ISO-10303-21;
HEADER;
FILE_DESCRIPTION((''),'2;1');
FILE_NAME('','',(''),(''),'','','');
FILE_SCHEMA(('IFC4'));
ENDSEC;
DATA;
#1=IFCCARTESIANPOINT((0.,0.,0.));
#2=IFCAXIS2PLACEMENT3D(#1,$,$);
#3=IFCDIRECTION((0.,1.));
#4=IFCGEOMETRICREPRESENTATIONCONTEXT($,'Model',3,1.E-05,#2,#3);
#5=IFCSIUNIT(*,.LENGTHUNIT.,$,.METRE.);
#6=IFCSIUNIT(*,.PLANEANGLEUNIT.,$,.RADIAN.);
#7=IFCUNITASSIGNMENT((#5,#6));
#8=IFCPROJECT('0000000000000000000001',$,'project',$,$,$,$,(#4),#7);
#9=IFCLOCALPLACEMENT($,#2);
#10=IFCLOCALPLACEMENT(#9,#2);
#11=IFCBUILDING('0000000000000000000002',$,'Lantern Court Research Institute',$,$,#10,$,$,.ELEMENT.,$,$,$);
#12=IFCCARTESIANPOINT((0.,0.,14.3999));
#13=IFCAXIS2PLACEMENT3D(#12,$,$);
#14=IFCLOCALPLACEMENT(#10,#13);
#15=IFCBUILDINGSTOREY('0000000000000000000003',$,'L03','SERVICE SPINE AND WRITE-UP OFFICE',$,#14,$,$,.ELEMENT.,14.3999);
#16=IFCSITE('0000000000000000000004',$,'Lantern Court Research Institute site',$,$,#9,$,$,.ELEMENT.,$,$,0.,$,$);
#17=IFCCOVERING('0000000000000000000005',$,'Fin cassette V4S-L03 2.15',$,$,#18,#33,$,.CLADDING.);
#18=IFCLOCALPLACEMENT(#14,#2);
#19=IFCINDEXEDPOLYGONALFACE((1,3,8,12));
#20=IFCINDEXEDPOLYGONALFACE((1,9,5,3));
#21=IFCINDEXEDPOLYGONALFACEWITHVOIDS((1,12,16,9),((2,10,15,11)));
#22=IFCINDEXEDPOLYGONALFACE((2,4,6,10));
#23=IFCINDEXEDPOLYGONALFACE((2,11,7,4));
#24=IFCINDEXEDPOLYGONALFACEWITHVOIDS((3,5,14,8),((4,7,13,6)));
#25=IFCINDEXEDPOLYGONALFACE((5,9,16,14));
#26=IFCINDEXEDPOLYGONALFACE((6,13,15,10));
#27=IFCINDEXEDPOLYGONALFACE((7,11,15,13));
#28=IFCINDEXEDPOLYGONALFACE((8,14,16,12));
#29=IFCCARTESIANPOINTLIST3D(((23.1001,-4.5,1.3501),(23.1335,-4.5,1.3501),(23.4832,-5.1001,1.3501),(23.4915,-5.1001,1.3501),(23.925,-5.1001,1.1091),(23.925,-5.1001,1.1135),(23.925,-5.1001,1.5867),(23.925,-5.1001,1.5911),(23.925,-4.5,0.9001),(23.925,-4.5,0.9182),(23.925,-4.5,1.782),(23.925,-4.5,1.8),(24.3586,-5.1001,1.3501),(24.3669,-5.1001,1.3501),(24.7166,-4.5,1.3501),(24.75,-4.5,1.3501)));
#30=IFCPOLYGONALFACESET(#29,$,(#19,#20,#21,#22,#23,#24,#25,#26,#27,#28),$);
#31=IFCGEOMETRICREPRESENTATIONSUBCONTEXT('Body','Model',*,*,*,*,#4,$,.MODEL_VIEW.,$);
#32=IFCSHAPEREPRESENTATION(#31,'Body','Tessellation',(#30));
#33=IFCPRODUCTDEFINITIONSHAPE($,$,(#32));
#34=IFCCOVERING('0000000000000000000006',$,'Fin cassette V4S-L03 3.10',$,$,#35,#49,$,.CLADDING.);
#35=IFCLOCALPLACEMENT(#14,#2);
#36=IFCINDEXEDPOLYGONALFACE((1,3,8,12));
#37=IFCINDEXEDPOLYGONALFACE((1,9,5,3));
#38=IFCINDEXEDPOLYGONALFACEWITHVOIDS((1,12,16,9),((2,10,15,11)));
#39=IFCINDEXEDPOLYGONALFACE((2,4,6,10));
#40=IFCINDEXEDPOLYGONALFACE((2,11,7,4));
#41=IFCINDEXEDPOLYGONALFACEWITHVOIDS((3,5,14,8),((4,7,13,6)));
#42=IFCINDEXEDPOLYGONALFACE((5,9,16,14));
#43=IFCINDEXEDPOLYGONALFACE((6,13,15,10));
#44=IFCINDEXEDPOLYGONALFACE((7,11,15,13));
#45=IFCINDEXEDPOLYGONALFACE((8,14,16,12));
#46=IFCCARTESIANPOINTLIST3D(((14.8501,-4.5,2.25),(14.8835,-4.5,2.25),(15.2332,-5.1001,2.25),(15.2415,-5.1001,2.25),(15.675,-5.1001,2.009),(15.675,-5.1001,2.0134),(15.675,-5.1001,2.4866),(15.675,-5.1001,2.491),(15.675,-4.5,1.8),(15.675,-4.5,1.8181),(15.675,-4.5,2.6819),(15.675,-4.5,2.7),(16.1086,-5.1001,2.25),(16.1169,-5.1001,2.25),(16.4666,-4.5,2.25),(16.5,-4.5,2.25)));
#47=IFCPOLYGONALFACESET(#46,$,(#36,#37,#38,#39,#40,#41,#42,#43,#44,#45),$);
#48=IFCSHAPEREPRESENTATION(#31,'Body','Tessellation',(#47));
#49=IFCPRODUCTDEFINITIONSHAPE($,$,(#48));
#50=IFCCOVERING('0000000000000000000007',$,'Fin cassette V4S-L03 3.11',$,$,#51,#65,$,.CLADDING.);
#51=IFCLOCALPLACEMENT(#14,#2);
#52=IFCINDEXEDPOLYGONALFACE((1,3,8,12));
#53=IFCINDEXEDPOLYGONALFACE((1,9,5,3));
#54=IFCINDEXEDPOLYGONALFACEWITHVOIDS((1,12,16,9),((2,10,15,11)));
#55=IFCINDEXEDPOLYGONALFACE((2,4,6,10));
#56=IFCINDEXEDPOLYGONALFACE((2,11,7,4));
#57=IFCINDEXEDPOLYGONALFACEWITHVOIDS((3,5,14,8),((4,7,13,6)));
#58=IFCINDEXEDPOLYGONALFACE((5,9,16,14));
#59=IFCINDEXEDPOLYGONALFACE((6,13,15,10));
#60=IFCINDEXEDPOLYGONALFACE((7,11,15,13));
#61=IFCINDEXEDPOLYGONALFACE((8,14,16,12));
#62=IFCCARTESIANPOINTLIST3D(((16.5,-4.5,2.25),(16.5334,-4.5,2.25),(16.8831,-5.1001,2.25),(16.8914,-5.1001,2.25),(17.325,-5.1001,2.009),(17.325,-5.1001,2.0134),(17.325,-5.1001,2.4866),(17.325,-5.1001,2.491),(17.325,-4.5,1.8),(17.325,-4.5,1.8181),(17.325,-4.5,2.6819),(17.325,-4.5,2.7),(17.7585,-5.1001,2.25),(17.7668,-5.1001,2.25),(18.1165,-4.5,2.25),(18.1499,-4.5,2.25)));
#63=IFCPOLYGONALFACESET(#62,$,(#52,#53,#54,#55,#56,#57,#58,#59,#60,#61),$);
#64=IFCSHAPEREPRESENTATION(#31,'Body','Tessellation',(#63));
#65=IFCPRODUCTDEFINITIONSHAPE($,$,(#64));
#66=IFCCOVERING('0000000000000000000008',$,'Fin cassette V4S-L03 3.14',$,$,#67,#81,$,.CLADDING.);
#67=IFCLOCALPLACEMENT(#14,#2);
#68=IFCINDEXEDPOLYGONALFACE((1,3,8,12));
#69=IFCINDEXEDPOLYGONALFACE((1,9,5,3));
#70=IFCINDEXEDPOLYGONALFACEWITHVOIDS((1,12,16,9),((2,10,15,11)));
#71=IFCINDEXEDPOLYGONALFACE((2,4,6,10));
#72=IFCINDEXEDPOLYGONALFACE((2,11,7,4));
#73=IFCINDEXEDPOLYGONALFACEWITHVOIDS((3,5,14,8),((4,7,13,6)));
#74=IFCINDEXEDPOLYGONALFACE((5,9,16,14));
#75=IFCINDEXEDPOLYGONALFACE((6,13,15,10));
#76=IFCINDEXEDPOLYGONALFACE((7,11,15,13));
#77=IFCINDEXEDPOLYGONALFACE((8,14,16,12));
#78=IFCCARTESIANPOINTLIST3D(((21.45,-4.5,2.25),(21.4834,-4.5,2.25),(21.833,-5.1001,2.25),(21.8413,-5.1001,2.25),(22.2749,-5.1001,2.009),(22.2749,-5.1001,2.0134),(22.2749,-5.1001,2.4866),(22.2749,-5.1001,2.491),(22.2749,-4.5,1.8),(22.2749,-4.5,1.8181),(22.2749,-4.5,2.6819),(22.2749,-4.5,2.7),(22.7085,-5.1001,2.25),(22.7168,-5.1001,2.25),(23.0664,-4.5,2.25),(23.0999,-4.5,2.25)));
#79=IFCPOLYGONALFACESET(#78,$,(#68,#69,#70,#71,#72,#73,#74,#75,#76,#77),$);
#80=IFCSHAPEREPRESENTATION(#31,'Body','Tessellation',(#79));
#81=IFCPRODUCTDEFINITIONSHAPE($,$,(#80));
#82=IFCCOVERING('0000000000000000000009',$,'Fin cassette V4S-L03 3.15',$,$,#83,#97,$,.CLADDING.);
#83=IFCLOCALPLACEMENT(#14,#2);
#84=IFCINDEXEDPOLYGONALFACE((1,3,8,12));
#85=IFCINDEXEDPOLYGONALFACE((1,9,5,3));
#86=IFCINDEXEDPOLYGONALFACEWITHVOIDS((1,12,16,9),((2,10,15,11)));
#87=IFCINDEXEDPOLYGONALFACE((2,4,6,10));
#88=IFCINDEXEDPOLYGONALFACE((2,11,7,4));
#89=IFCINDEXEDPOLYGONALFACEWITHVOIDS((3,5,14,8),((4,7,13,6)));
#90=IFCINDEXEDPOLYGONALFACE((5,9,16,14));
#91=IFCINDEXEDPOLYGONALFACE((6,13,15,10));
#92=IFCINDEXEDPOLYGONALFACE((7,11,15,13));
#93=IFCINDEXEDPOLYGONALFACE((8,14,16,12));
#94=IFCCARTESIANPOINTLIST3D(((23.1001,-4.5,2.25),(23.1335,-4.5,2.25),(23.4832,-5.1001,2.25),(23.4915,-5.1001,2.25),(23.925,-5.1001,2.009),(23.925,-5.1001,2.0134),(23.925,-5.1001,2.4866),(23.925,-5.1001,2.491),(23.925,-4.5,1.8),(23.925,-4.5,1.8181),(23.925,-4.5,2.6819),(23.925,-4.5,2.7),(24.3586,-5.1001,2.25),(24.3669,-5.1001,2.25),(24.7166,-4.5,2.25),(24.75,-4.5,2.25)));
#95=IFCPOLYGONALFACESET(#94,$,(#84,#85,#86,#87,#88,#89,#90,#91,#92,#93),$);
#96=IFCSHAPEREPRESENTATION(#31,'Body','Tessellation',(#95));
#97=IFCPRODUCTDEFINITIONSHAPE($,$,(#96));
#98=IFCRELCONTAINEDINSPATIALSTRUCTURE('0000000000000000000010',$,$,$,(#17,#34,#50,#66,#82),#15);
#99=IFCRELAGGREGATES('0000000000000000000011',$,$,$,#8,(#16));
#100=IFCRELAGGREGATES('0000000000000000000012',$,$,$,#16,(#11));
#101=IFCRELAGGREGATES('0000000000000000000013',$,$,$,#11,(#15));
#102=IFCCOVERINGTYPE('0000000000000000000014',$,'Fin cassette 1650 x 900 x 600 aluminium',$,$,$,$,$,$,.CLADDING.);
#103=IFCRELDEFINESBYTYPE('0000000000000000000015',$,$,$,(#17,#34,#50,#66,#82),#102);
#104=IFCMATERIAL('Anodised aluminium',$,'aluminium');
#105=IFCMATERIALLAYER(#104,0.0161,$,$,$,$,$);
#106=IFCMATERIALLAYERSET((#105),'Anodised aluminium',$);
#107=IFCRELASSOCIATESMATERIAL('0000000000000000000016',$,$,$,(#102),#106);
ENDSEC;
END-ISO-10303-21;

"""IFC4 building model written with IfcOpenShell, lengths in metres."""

from ifc_helpers import new_model, entity, si_unit, direction, frame, origin, place, context, subcontext, project, spatial, material, layer, layer_set, type_object, element, save


model = new_model("IFC4")

# Units and contexts
model_context = context("Model", 3, precision=1e-05, world=origin(), true_north=direction((0.0, 1.0)))
body_context = subcontext(model_context, "Body", "Model", "MODEL_VIEW")
ifc_project = project(units=[si_unit("LENGTHUNIT", "METRE"), si_unit("PLANEANGLEUNIT", "RADIAN")], contexts=[model_context])

# Site, building, storey
site_placement = place(None, origin())
site = spatial("IfcSite", under=ifc_project, at=site_placement, Name="Lantern Court Research Institute site", CompositionType="ELEMENT", RefElevation=0.0)
building_placement = place(site_placement, origin())
building = spatial("IfcBuilding", under=site, at=building_placement, Name="Lantern Court Research Institute", CompositionType="ELEMENT")
storey_placement = place(building_placement, frame((0.0, 0.0, 14.3999)))
storey = spatial("IfcBuildingStorey", under=building, at=storey_placement, Name="L03", Description="SERVICE SPINE AND WRITE-UP OFFICE", CompositionType="ELEMENT", Elevation=14.3999)

# Coverings
ifc_material_1 = material(Name="Anodised aluminium", Category="aluminium")
ifc_layer_1 = layer(ifc_material_1, 0.0161)
ifc_layer_set_1 = layer_set([ifc_layer_1], Name="Anodised aluminium")
covering_type = type_object("IfcCoveringType", Name="Fin cassette 1650 x 900 x 600 aluminium", PredefinedType="CLADDING", material=ifc_layer_set_1)
covering_1_placement = place(storey_placement, frame((23.925, -4.5, 1.3501), z_axis=(0.0, -1.0, 0.0), x_axis=(1.0, 0.0, 0.0)))
cartesian_point_1 = entity("IfcCartesianPoint", [0.825, 0.0])
cartesian_point_2 = entity("IfcCartesianPoint", [0.7915, 0.0])
cartesian_point_3 = entity("IfcCartesianPoint", [0.4419, 0.0])
cartesian_point_4 = entity("IfcCartesianPoint", [0.4336, 0.0])
element("IfcCovering", 1, at=covering_1_placement, inside=storey, type_object=covering_type, Name="Fin cassette V4S-L03 2.15", PredefinedType="CLADDING", context=body_context, shape_type="SweptSolid", body=[
    entity("IfcExtrudedAreaSolidTapered", entity("IfcArbitraryProfileDefWithVoids", "AREA", None, entity("IfcPolyline", [cartesian_point_1, entity("IfcCartesianPoint", [0.0, 0.45]), entity("IfcCartesianPoint", [-0.825, 0.0]), entity("IfcCartesianPoint", [0.0, -0.45]), cartesian_point_1]), [entity("IfcPolyline", [cartesian_point_2, entity("IfcCartesianPoint", [0.0, 0.4319]), entity("IfcCartesianPoint", [-0.7915, 0.0]), entity("IfcCartesianPoint", [0.0, -0.4319]), cartesian_point_2])]), entity("IfcAxis2Placement3D", entity("IfcCartesianPoint", [0.0, 0.0, 0.0])), entity("IfcDirection", [0.0, 0.0, 1.0]), 0.6001, entity("IfcArbitraryProfileDefWithVoids", "AREA", None, entity("IfcPolyline", [cartesian_point_3, entity("IfcCartesianPoint", [0.0, 0.241]), entity("IfcCartesianPoint", [-0.4419, 0.0]), entity("IfcCartesianPoint", [0.0, -0.241]), cartesian_point_3]), [entity("IfcPolyline", [cartesian_point_4, entity("IfcCartesianPoint", [0.0, 0.2366]), entity("IfcCartesianPoint", [-0.4336, 0.0]), entity("IfcCartesianPoint", [0.0, -0.2366]), cartesian_point_4])])),
])
covering_2_placement = place(storey_placement, frame((15.675, -4.5, 2.25), z_axis=(0.0, -1.0, 0.0), x_axis=(1.0, 0.0, 0.0)))
cartesian_point_5 = entity("IfcCartesianPoint", [0.825, 0.0])
cartesian_point_6 = entity("IfcCartesianPoint", [0.7915, 0.0])
cartesian_point_7 = entity("IfcCartesianPoint", [0.4419, 0.0])
cartesian_point_8 = entity("IfcCartesianPoint", [0.4336, 0.0])
element("IfcCovering", 2, at=covering_2_placement, inside=storey, type_object=covering_type, Name="Fin cassette V4S-L03 3.10", PredefinedType="CLADDING", context=body_context, shape_type="SweptSolid", body=[
    entity("IfcExtrudedAreaSolidTapered", entity("IfcArbitraryProfileDefWithVoids", "AREA", None, entity("IfcPolyline", [cartesian_point_5, entity("IfcCartesianPoint", [0.0, 0.45]), entity("IfcCartesianPoint", [-0.825, 0.0]), entity("IfcCartesianPoint", [0.0, -0.45]), cartesian_point_5]), [entity("IfcPolyline", [cartesian_point_6, entity("IfcCartesianPoint", [0.0, 0.4319]), entity("IfcCartesianPoint", [-0.7915, 0.0]), entity("IfcCartesianPoint", [0.0, -0.4319]), cartesian_point_6])]), entity("IfcAxis2Placement3D", entity("IfcCartesianPoint", [0.0, 0.0, 0.0])), entity("IfcDirection", [0.0, 0.0, 1.0]), 0.6001, entity("IfcArbitraryProfileDefWithVoids", "AREA", None, entity("IfcPolyline", [cartesian_point_7, entity("IfcCartesianPoint", [0.0, 0.241]), entity("IfcCartesianPoint", [-0.4419, 0.0]), entity("IfcCartesianPoint", [0.0, -0.241]), cartesian_point_7]), [entity("IfcPolyline", [cartesian_point_8, entity("IfcCartesianPoint", [0.0, 0.2366]), entity("IfcCartesianPoint", [-0.4336, 0.0]), entity("IfcCartesianPoint", [0.0, -0.2366]), cartesian_point_8])])),
])
covering_3_placement = place(storey_placement, frame((17.325, -4.5, 2.25), z_axis=(0.0, -1.0, 0.0), x_axis=(1.0, 0.0, 0.0)))
cartesian_point_9 = entity("IfcCartesianPoint", [0.825, 0.0])
cartesian_point_10 = entity("IfcCartesianPoint", [0.7915, 0.0])
cartesian_point_11 = entity("IfcCartesianPoint", [0.4419, 0.0])
cartesian_point_12 = entity("IfcCartesianPoint", [0.4336, 0.0])
element("IfcCovering", 3, at=covering_3_placement, inside=storey, type_object=covering_type, Name="Fin cassette V4S-L03 3.11", PredefinedType="CLADDING", context=body_context, shape_type="SweptSolid", body=[
    entity("IfcExtrudedAreaSolidTapered", entity("IfcArbitraryProfileDefWithVoids", "AREA", None, entity("IfcPolyline", [cartesian_point_9, entity("IfcCartesianPoint", [0.0, 0.45]), entity("IfcCartesianPoint", [-0.825, 0.0]), entity("IfcCartesianPoint", [0.0, -0.45]), cartesian_point_9]), [entity("IfcPolyline", [cartesian_point_10, entity("IfcCartesianPoint", [0.0, 0.4319]), entity("IfcCartesianPoint", [-0.7915, 0.0]), entity("IfcCartesianPoint", [0.0, -0.4319]), cartesian_point_10])]), entity("IfcAxis2Placement3D", entity("IfcCartesianPoint", [0.0, 0.0, 0.0])), entity("IfcDirection", [0.0, 0.0, 1.0]), 0.6001, entity("IfcArbitraryProfileDefWithVoids", "AREA", None, entity("IfcPolyline", [cartesian_point_11, entity("IfcCartesianPoint", [0.0, 0.241]), entity("IfcCartesianPoint", [-0.4419, 0.0]), entity("IfcCartesianPoint", [0.0, -0.241]), cartesian_point_11]), [entity("IfcPolyline", [cartesian_point_12, entity("IfcCartesianPoint", [0.0, 0.2366]), entity("IfcCartesianPoint", [-0.4336, 0.0]), entity("IfcCartesianPoint", [0.0, -0.2366]), cartesian_point_12])])),
])
covering_4_placement = place(storey_placement, frame((22.2749, -4.5, 2.25), z_axis=(0.0, -1.0, 0.0), x_axis=(1.0, 0.0, 0.0)))
cartesian_point_13 = entity("IfcCartesianPoint", [0.825, 0.0])
cartesian_point_14 = entity("IfcCartesianPoint", [0.7915, 0.0])
cartesian_point_15 = entity("IfcCartesianPoint", [0.4419, 0.0])
cartesian_point_16 = entity("IfcCartesianPoint", [0.4336, 0.0])
element("IfcCovering", 4, at=covering_4_placement, inside=storey, type_object=covering_type, Name="Fin cassette V4S-L03 3.14", PredefinedType="CLADDING", context=body_context, shape_type="SweptSolid", body=[
    entity("IfcExtrudedAreaSolidTapered", entity("IfcArbitraryProfileDefWithVoids", "AREA", None, entity("IfcPolyline", [cartesian_point_13, entity("IfcCartesianPoint", [0.0, 0.45]), entity("IfcCartesianPoint", [-0.825, 0.0]), entity("IfcCartesianPoint", [0.0, -0.45]), cartesian_point_13]), [entity("IfcPolyline", [cartesian_point_14, entity("IfcCartesianPoint", [0.0, 0.4319]), entity("IfcCartesianPoint", [-0.7915, 0.0]), entity("IfcCartesianPoint", [0.0, -0.4319]), cartesian_point_14])]), entity("IfcAxis2Placement3D", entity("IfcCartesianPoint", [0.0, 0.0, 0.0])), entity("IfcDirection", [0.0, 0.0, 1.0]), 0.6001, entity("IfcArbitraryProfileDefWithVoids", "AREA", None, entity("IfcPolyline", [cartesian_point_15, entity("IfcCartesianPoint", [0.0, 0.241]), entity("IfcCartesianPoint", [-0.4419, 0.0]), entity("IfcCartesianPoint", [0.0, -0.241]), cartesian_point_15]), [entity("IfcPolyline", [cartesian_point_16, entity("IfcCartesianPoint", [0.0, 0.2366]), entity("IfcCartesianPoint", [-0.4336, 0.0]), entity("IfcCartesianPoint", [0.0, -0.2366]), cartesian_point_16])])),
])
covering_5_placement = place(storey_placement, frame((23.925, -4.5, 2.25), z_axis=(0.0, -1.0, 0.0), x_axis=(1.0, 0.0, 0.0)))
cartesian_point_17 = entity("IfcCartesianPoint", [0.825, 0.0])
cartesian_point_18 = entity("IfcCartesianPoint", [0.7915, 0.0])
cartesian_point_19 = entity("IfcCartesianPoint", [0.4419, 0.0])
cartesian_point_20 = entity("IfcCartesianPoint", [0.4336, 0.0])
element("IfcCovering", 5, at=covering_5_placement, inside=storey, type_object=covering_type, Name="Fin cassette V4S-L03 3.15", PredefinedType="CLADDING", context=body_context, shape_type="SweptSolid", body=[
    entity("IfcExtrudedAreaSolidTapered", entity("IfcArbitraryProfileDefWithVoids", "AREA", None, entity("IfcPolyline", [cartesian_point_17, entity("IfcCartesianPoint", [0.0, 0.45]), entity("IfcCartesianPoint", [-0.825, 0.0]), entity("IfcCartesianPoint", [0.0, -0.45]), cartesian_point_17]), [entity("IfcPolyline", [cartesian_point_18, entity("IfcCartesianPoint", [0.0, 0.4319]), entity("IfcCartesianPoint", [-0.7915, 0.0]), entity("IfcCartesianPoint", [0.0, -0.4319]), cartesian_point_18])]), entity("IfcAxis2Placement3D", entity("IfcCartesianPoint", [0.0, 0.0, 0.0])), entity("IfcDirection", [0.0, 0.0, 1.0]), 0.6001, entity("IfcArbitraryProfileDefWithVoids", "AREA", None, entity("IfcPolyline", [cartesian_point_19, entity("IfcCartesianPoint", [0.0, 0.241]), entity("IfcCartesianPoint", [-0.4419, 0.0]), entity("IfcCartesianPoint", [0.0, -0.241]), cartesian_point_19]), [entity("IfcPolyline", [cartesian_point_20, entity("IfcCartesianPoint", [0.0, 0.2366]), entity("IfcCartesianPoint", [-0.4336, 0.0]), entity("IfcCartesianPoint", [0.0, -0.2366]), cartesian_point_20])])),
])

save(model, "model.ifc")
